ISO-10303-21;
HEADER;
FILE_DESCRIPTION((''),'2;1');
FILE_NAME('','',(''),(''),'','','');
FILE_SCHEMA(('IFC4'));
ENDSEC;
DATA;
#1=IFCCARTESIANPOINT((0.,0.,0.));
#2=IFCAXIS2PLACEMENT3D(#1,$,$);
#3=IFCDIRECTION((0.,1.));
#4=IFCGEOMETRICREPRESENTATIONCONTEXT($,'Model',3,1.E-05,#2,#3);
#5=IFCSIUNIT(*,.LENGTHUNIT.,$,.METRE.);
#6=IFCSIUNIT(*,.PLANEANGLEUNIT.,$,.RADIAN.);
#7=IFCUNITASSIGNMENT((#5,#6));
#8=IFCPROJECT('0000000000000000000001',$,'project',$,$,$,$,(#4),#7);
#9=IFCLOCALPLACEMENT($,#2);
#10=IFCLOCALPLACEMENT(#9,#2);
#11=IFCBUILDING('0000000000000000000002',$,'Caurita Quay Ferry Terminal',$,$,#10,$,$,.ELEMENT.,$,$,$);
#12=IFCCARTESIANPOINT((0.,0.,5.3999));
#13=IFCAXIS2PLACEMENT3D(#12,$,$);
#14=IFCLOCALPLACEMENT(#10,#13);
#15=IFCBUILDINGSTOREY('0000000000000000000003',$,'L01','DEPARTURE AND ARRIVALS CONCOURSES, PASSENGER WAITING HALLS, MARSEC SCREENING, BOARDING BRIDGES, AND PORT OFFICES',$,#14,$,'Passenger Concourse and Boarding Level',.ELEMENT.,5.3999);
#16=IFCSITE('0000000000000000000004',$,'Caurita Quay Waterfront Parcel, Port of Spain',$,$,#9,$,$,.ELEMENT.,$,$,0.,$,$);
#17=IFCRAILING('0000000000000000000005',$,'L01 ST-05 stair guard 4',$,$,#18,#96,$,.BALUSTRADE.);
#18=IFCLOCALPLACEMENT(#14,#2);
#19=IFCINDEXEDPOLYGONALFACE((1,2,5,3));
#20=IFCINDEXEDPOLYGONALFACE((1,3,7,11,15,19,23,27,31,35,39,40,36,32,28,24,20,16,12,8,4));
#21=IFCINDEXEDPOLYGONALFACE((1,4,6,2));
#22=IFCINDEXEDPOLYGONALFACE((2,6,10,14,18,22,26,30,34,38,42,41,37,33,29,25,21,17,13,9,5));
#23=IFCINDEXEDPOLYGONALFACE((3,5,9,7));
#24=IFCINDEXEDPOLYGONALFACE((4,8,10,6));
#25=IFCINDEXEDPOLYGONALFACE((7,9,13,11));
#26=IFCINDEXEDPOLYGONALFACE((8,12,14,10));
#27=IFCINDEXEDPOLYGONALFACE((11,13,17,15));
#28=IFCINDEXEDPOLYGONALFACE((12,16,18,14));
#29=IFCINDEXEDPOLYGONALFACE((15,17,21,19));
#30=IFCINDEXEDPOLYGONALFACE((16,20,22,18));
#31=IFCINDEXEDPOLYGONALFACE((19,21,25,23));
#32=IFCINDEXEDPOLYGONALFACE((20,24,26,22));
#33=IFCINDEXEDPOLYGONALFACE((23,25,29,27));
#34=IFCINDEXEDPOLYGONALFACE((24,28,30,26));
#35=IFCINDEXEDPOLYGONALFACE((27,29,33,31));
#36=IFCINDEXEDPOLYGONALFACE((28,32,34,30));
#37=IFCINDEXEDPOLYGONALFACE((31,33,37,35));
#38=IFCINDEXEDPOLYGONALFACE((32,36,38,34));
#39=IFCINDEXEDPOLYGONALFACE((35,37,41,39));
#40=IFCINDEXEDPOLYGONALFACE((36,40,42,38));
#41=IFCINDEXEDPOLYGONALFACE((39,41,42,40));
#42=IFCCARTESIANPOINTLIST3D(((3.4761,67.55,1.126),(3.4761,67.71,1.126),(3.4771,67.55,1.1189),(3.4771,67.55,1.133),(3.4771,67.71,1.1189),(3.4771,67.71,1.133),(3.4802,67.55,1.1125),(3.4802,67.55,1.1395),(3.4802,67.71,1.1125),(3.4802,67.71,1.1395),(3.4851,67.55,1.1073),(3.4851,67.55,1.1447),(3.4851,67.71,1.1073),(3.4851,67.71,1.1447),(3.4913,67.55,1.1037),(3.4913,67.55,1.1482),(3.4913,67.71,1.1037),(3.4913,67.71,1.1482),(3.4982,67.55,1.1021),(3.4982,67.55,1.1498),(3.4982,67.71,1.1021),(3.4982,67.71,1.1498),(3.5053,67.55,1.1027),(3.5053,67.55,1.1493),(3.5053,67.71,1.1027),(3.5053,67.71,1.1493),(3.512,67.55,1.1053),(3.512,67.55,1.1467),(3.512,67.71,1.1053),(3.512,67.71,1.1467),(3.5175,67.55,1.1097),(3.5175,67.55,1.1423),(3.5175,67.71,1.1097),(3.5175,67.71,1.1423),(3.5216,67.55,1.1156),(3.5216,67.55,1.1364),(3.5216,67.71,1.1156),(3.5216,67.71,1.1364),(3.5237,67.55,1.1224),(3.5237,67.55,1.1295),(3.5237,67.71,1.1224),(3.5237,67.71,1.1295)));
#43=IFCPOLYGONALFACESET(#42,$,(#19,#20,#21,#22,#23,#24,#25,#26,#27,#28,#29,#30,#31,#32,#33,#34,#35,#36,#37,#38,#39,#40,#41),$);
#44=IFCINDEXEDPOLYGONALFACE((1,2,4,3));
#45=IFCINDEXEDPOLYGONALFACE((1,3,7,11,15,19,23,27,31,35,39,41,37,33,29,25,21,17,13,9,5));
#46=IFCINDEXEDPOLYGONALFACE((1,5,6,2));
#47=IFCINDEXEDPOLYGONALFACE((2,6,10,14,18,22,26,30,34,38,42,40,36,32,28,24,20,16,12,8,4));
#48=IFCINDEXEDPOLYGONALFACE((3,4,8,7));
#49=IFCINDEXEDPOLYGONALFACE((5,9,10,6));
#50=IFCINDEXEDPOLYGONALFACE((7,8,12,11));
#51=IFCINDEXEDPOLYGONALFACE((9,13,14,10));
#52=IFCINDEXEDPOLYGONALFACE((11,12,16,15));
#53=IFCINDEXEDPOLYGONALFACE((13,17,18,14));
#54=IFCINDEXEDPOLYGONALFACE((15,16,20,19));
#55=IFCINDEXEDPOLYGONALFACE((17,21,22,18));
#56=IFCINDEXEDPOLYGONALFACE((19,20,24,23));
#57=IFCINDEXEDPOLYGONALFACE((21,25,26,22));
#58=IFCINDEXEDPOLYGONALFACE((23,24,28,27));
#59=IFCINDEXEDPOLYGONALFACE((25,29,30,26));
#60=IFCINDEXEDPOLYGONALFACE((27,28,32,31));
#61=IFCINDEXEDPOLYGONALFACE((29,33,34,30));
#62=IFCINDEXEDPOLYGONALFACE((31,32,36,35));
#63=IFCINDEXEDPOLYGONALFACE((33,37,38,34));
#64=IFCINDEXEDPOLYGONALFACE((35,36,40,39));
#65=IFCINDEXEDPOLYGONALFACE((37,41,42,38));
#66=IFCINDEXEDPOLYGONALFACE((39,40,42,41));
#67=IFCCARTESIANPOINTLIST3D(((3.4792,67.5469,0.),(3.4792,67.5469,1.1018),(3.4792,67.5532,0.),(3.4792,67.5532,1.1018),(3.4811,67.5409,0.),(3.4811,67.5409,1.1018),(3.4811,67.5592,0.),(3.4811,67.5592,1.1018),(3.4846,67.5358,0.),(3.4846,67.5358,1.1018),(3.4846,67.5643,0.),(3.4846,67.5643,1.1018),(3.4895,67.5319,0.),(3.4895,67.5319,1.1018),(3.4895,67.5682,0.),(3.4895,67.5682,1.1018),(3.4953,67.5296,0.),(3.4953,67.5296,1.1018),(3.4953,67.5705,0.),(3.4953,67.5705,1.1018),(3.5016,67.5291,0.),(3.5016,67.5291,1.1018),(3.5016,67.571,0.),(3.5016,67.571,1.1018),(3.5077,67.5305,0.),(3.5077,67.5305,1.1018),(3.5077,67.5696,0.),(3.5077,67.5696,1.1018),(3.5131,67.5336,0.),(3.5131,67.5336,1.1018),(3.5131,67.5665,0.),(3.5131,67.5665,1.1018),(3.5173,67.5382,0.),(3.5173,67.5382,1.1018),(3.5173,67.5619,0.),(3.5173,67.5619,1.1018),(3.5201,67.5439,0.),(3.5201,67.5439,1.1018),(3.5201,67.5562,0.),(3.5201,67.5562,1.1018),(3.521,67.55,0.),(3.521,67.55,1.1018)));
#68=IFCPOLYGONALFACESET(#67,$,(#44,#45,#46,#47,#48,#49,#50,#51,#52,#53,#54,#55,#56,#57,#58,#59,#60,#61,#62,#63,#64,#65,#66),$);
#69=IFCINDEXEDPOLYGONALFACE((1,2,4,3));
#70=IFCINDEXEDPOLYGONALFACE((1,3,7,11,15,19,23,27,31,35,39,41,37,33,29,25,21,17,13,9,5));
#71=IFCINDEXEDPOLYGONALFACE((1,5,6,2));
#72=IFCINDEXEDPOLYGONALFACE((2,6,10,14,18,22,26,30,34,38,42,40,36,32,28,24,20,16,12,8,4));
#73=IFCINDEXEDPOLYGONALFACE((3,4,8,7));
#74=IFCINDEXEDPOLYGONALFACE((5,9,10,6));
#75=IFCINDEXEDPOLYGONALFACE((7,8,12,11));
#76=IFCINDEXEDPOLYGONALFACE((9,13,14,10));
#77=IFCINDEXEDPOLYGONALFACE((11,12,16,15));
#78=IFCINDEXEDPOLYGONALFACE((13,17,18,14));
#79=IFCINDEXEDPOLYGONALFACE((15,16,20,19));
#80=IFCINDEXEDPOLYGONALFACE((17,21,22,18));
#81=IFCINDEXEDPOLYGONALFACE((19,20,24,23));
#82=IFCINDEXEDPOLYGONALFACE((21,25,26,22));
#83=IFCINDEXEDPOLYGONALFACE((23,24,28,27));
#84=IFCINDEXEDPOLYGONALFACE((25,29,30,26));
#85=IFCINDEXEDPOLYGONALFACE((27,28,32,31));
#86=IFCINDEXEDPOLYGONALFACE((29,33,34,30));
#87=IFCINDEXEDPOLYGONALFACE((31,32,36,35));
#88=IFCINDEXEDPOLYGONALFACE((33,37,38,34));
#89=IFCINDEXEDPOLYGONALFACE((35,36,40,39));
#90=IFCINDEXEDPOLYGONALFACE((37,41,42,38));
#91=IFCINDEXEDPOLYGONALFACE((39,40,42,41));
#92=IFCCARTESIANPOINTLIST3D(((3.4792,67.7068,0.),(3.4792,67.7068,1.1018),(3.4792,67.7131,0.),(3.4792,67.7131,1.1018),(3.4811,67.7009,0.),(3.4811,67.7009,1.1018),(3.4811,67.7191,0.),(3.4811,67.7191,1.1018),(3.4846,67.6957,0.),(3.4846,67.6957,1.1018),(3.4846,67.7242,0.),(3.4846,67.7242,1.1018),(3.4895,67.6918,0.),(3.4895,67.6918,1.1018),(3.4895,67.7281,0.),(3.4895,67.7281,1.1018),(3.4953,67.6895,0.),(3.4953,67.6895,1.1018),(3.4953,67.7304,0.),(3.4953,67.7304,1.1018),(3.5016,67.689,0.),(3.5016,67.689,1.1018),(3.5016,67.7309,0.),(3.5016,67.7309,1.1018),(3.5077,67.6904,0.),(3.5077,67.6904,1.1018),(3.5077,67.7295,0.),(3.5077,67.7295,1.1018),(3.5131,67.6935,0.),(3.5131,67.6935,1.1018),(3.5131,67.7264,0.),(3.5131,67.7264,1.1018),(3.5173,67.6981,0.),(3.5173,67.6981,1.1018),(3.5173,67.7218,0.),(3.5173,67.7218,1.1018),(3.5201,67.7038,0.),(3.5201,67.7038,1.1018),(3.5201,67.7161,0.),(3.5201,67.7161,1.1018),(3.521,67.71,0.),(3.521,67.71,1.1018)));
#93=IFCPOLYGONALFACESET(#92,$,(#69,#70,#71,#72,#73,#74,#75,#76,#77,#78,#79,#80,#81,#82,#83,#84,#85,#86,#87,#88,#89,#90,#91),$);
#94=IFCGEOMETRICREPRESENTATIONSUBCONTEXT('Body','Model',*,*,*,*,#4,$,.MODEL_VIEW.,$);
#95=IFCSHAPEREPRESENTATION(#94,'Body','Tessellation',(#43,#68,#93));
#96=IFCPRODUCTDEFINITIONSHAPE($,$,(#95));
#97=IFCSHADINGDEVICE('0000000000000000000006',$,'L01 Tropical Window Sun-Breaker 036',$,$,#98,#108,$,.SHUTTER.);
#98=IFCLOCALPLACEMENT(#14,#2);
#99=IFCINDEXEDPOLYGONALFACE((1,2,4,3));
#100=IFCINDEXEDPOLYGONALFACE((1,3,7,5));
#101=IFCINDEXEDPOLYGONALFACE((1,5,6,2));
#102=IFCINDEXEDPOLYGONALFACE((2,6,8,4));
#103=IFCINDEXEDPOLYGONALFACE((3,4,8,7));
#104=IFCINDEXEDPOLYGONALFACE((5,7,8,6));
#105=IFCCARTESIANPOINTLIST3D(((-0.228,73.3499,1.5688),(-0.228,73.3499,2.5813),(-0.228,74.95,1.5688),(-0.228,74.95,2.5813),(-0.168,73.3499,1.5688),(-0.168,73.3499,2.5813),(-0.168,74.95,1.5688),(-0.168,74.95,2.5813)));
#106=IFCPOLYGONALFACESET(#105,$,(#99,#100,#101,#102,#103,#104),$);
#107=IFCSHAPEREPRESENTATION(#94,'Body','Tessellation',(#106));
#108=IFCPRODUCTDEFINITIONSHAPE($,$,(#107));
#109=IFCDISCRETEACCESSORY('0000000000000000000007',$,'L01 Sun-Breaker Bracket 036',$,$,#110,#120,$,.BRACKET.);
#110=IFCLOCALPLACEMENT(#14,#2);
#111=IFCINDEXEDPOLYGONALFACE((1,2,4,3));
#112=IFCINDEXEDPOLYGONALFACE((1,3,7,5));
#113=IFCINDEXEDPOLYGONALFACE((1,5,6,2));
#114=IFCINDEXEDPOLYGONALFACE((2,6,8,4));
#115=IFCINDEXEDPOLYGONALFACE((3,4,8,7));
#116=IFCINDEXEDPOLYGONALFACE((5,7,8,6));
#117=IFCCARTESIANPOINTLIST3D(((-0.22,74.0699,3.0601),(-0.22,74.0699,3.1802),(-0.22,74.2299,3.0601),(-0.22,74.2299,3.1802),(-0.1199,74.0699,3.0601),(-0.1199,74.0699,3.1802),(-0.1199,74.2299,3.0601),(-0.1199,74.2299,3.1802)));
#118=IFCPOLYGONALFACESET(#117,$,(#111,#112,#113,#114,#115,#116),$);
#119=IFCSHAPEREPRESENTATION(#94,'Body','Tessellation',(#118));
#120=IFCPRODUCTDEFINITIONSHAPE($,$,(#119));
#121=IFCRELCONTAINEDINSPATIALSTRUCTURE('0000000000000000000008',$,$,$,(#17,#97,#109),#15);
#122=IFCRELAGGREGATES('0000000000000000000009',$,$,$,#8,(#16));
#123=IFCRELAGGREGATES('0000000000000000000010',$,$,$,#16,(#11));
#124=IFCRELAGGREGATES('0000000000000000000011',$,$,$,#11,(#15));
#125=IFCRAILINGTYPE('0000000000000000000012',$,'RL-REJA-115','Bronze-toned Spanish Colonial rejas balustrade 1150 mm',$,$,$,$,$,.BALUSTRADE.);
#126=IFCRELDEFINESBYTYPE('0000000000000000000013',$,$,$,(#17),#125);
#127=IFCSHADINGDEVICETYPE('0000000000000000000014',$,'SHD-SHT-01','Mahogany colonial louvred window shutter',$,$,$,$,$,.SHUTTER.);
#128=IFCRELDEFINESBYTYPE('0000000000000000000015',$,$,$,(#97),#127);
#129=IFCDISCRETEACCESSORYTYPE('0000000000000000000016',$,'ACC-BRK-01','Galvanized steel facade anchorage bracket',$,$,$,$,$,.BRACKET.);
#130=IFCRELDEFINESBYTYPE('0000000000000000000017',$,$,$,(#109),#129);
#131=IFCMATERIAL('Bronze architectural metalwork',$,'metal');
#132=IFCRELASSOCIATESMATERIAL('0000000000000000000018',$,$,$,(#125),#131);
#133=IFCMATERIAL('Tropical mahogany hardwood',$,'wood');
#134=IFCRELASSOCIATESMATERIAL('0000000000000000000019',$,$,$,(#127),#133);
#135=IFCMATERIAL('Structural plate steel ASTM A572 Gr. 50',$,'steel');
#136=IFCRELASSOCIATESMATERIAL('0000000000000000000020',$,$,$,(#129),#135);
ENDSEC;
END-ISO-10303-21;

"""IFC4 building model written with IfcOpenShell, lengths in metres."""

from ifc_helpers import new_model, si_unit, direction, frame, origin, origin_2d, place, context, subcontext, project, spatial, rectangle, circle, extrude, material, type_object, element, save


model = new_model("IFC4")

# Units and contexts
model_context = context("Model", 3, precision=1e-05, world=origin(), true_north=direction((0.0, 1.0)))
body_context = subcontext(model_context, "Body", "Model", "MODEL_VIEW")
ifc_project = project(units=[si_unit("LENGTHUNIT", "METRE"), si_unit("PLANEANGLEUNIT", "RADIAN")], contexts=[model_context])

# Site, building, storey
site_placement = place(None, origin())
site = spatial("IfcSite", under=ifc_project, at=site_placement, Name="Caurita Quay Waterfront Parcel, Port of Spain", CompositionType="ELEMENT", RefElevation=0.0)
building_placement = place(site_placement, origin())
building = spatial("IfcBuilding", under=site, at=building_placement, Name="Caurita Quay Ferry Terminal", CompositionType="ELEMENT")
storey_placement = place(building_placement, frame((0.0, 0.0, 5.3999)))
storey = spatial("IfcBuildingStorey", under=building, at=storey_placement, Name="L01", Description="DEPARTURE AND ARRIVALS CONCOURSES, PASSENGER WAITING HALLS, MARSEC SCREENING, BOARDING BRIDGES, AND PORT OFFICES", LongName="Passenger Concourse and Boarding Level", CompositionType="ELEMENT", Elevation=5.3999)

# Shared definitions
ifc_material_1 = material(Name="Structural plate steel ASTM A572 Gr. 50", Category="steel")

# Railing
ifc_material_2 = material(Name="Bronze architectural metalwork", Category="metal")
railing_type_1 = type_object("IfcRailingType", Name="RL-REJA-115", Description="Bronze-toned Spanish Colonial rejas balustrade 1150 mm", PredefinedType="BALUSTRADE", material=ifc_material_2)
railing_1_placement = place(storey_placement, frame((3.5, 67.55, 0.0)))
element("IfcRailing", 1, at=railing_1_placement, inside=storey, type_object=railing_type_1, Name="L01 ST-05 stair guard 4", PredefinedType="BALUSTRADE", context=body_context, shape_type="SweptSolid", body=[
    extrude(circle(Radius=0.0239, at=origin_2d()), frame((0.0, 0.0, 1.126), z_axis=(0.0, 1.0, 0.0), x_axis=(-1.0, 0.0, 0.0)), (0.0, 0.0, 1.0), 0.1599),
    extrude(circle(Radius=0.021, at=origin_2d()), origin(), (0.0, 0.0, 1.0), 1.1018),
    extrude(circle(Radius=0.021, at=origin_2d()), frame((0.0, 0.1599, 0.0)), (0.0, 0.0, 1.0), 1.1018),
])

# Shading device
ifc_material_3 = material(Name="Tropical mahogany hardwood", Category="wood")
shading_device_type = type_object("IfcShadingDeviceType", Name="SHD-SHT-01", Description="Mahogany colonial louvred window shutter", PredefinedType="SHUTTER", material=ifc_material_3)
shading_device_placement = place(storey_placement, frame((-0.198, 74.1499, 1.5688), z_axis=(0.0, 0.0, 1.0), x_axis=(0.0, -1.0, 0.0)))
element("IfcShadingDevice", 2, at=shading_device_placement, inside=storey, type_object=shading_device_type, Name="L01 Tropical Window Sun-Breaker 036", PredefinedType="SHUTTER", context=body_context, shape_type="SweptSolid", body=[
    extrude(rectangle(XDim=1.6001, YDim=0.0601, at=origin_2d()), origin(), (0.0, 0.0, 1.0), 1.0125),
])

# Discrete accessory
discrete_accessory_type = type_object("IfcDiscreteAccessoryType", Name="ACC-BRK-01", Description="Galvanized steel facade anchorage bracket", PredefinedType="BRACKET", material=ifc_material_1)
discrete_accessory_placement = place(storey_placement, frame((-0.1699, 74.1499, 3.0601), z_axis=(0.0, 0.0, 1.0), x_axis=(0.0, -1.0, 0.0)))
element("IfcDiscreteAccessory", 3, at=discrete_accessory_placement, inside=storey, type_object=discrete_accessory_type, Name="L01 Sun-Breaker Bracket 036", PredefinedType="BRACKET", context=body_context, shape_type="SweptSolid", body=[
    extrude(rectangle(XDim=0.1599, YDim=0.1001, at=origin_2d()), origin(), (0.0, 0.0, 1.0), 0.1201),
])

save(model, "model.ifc")
